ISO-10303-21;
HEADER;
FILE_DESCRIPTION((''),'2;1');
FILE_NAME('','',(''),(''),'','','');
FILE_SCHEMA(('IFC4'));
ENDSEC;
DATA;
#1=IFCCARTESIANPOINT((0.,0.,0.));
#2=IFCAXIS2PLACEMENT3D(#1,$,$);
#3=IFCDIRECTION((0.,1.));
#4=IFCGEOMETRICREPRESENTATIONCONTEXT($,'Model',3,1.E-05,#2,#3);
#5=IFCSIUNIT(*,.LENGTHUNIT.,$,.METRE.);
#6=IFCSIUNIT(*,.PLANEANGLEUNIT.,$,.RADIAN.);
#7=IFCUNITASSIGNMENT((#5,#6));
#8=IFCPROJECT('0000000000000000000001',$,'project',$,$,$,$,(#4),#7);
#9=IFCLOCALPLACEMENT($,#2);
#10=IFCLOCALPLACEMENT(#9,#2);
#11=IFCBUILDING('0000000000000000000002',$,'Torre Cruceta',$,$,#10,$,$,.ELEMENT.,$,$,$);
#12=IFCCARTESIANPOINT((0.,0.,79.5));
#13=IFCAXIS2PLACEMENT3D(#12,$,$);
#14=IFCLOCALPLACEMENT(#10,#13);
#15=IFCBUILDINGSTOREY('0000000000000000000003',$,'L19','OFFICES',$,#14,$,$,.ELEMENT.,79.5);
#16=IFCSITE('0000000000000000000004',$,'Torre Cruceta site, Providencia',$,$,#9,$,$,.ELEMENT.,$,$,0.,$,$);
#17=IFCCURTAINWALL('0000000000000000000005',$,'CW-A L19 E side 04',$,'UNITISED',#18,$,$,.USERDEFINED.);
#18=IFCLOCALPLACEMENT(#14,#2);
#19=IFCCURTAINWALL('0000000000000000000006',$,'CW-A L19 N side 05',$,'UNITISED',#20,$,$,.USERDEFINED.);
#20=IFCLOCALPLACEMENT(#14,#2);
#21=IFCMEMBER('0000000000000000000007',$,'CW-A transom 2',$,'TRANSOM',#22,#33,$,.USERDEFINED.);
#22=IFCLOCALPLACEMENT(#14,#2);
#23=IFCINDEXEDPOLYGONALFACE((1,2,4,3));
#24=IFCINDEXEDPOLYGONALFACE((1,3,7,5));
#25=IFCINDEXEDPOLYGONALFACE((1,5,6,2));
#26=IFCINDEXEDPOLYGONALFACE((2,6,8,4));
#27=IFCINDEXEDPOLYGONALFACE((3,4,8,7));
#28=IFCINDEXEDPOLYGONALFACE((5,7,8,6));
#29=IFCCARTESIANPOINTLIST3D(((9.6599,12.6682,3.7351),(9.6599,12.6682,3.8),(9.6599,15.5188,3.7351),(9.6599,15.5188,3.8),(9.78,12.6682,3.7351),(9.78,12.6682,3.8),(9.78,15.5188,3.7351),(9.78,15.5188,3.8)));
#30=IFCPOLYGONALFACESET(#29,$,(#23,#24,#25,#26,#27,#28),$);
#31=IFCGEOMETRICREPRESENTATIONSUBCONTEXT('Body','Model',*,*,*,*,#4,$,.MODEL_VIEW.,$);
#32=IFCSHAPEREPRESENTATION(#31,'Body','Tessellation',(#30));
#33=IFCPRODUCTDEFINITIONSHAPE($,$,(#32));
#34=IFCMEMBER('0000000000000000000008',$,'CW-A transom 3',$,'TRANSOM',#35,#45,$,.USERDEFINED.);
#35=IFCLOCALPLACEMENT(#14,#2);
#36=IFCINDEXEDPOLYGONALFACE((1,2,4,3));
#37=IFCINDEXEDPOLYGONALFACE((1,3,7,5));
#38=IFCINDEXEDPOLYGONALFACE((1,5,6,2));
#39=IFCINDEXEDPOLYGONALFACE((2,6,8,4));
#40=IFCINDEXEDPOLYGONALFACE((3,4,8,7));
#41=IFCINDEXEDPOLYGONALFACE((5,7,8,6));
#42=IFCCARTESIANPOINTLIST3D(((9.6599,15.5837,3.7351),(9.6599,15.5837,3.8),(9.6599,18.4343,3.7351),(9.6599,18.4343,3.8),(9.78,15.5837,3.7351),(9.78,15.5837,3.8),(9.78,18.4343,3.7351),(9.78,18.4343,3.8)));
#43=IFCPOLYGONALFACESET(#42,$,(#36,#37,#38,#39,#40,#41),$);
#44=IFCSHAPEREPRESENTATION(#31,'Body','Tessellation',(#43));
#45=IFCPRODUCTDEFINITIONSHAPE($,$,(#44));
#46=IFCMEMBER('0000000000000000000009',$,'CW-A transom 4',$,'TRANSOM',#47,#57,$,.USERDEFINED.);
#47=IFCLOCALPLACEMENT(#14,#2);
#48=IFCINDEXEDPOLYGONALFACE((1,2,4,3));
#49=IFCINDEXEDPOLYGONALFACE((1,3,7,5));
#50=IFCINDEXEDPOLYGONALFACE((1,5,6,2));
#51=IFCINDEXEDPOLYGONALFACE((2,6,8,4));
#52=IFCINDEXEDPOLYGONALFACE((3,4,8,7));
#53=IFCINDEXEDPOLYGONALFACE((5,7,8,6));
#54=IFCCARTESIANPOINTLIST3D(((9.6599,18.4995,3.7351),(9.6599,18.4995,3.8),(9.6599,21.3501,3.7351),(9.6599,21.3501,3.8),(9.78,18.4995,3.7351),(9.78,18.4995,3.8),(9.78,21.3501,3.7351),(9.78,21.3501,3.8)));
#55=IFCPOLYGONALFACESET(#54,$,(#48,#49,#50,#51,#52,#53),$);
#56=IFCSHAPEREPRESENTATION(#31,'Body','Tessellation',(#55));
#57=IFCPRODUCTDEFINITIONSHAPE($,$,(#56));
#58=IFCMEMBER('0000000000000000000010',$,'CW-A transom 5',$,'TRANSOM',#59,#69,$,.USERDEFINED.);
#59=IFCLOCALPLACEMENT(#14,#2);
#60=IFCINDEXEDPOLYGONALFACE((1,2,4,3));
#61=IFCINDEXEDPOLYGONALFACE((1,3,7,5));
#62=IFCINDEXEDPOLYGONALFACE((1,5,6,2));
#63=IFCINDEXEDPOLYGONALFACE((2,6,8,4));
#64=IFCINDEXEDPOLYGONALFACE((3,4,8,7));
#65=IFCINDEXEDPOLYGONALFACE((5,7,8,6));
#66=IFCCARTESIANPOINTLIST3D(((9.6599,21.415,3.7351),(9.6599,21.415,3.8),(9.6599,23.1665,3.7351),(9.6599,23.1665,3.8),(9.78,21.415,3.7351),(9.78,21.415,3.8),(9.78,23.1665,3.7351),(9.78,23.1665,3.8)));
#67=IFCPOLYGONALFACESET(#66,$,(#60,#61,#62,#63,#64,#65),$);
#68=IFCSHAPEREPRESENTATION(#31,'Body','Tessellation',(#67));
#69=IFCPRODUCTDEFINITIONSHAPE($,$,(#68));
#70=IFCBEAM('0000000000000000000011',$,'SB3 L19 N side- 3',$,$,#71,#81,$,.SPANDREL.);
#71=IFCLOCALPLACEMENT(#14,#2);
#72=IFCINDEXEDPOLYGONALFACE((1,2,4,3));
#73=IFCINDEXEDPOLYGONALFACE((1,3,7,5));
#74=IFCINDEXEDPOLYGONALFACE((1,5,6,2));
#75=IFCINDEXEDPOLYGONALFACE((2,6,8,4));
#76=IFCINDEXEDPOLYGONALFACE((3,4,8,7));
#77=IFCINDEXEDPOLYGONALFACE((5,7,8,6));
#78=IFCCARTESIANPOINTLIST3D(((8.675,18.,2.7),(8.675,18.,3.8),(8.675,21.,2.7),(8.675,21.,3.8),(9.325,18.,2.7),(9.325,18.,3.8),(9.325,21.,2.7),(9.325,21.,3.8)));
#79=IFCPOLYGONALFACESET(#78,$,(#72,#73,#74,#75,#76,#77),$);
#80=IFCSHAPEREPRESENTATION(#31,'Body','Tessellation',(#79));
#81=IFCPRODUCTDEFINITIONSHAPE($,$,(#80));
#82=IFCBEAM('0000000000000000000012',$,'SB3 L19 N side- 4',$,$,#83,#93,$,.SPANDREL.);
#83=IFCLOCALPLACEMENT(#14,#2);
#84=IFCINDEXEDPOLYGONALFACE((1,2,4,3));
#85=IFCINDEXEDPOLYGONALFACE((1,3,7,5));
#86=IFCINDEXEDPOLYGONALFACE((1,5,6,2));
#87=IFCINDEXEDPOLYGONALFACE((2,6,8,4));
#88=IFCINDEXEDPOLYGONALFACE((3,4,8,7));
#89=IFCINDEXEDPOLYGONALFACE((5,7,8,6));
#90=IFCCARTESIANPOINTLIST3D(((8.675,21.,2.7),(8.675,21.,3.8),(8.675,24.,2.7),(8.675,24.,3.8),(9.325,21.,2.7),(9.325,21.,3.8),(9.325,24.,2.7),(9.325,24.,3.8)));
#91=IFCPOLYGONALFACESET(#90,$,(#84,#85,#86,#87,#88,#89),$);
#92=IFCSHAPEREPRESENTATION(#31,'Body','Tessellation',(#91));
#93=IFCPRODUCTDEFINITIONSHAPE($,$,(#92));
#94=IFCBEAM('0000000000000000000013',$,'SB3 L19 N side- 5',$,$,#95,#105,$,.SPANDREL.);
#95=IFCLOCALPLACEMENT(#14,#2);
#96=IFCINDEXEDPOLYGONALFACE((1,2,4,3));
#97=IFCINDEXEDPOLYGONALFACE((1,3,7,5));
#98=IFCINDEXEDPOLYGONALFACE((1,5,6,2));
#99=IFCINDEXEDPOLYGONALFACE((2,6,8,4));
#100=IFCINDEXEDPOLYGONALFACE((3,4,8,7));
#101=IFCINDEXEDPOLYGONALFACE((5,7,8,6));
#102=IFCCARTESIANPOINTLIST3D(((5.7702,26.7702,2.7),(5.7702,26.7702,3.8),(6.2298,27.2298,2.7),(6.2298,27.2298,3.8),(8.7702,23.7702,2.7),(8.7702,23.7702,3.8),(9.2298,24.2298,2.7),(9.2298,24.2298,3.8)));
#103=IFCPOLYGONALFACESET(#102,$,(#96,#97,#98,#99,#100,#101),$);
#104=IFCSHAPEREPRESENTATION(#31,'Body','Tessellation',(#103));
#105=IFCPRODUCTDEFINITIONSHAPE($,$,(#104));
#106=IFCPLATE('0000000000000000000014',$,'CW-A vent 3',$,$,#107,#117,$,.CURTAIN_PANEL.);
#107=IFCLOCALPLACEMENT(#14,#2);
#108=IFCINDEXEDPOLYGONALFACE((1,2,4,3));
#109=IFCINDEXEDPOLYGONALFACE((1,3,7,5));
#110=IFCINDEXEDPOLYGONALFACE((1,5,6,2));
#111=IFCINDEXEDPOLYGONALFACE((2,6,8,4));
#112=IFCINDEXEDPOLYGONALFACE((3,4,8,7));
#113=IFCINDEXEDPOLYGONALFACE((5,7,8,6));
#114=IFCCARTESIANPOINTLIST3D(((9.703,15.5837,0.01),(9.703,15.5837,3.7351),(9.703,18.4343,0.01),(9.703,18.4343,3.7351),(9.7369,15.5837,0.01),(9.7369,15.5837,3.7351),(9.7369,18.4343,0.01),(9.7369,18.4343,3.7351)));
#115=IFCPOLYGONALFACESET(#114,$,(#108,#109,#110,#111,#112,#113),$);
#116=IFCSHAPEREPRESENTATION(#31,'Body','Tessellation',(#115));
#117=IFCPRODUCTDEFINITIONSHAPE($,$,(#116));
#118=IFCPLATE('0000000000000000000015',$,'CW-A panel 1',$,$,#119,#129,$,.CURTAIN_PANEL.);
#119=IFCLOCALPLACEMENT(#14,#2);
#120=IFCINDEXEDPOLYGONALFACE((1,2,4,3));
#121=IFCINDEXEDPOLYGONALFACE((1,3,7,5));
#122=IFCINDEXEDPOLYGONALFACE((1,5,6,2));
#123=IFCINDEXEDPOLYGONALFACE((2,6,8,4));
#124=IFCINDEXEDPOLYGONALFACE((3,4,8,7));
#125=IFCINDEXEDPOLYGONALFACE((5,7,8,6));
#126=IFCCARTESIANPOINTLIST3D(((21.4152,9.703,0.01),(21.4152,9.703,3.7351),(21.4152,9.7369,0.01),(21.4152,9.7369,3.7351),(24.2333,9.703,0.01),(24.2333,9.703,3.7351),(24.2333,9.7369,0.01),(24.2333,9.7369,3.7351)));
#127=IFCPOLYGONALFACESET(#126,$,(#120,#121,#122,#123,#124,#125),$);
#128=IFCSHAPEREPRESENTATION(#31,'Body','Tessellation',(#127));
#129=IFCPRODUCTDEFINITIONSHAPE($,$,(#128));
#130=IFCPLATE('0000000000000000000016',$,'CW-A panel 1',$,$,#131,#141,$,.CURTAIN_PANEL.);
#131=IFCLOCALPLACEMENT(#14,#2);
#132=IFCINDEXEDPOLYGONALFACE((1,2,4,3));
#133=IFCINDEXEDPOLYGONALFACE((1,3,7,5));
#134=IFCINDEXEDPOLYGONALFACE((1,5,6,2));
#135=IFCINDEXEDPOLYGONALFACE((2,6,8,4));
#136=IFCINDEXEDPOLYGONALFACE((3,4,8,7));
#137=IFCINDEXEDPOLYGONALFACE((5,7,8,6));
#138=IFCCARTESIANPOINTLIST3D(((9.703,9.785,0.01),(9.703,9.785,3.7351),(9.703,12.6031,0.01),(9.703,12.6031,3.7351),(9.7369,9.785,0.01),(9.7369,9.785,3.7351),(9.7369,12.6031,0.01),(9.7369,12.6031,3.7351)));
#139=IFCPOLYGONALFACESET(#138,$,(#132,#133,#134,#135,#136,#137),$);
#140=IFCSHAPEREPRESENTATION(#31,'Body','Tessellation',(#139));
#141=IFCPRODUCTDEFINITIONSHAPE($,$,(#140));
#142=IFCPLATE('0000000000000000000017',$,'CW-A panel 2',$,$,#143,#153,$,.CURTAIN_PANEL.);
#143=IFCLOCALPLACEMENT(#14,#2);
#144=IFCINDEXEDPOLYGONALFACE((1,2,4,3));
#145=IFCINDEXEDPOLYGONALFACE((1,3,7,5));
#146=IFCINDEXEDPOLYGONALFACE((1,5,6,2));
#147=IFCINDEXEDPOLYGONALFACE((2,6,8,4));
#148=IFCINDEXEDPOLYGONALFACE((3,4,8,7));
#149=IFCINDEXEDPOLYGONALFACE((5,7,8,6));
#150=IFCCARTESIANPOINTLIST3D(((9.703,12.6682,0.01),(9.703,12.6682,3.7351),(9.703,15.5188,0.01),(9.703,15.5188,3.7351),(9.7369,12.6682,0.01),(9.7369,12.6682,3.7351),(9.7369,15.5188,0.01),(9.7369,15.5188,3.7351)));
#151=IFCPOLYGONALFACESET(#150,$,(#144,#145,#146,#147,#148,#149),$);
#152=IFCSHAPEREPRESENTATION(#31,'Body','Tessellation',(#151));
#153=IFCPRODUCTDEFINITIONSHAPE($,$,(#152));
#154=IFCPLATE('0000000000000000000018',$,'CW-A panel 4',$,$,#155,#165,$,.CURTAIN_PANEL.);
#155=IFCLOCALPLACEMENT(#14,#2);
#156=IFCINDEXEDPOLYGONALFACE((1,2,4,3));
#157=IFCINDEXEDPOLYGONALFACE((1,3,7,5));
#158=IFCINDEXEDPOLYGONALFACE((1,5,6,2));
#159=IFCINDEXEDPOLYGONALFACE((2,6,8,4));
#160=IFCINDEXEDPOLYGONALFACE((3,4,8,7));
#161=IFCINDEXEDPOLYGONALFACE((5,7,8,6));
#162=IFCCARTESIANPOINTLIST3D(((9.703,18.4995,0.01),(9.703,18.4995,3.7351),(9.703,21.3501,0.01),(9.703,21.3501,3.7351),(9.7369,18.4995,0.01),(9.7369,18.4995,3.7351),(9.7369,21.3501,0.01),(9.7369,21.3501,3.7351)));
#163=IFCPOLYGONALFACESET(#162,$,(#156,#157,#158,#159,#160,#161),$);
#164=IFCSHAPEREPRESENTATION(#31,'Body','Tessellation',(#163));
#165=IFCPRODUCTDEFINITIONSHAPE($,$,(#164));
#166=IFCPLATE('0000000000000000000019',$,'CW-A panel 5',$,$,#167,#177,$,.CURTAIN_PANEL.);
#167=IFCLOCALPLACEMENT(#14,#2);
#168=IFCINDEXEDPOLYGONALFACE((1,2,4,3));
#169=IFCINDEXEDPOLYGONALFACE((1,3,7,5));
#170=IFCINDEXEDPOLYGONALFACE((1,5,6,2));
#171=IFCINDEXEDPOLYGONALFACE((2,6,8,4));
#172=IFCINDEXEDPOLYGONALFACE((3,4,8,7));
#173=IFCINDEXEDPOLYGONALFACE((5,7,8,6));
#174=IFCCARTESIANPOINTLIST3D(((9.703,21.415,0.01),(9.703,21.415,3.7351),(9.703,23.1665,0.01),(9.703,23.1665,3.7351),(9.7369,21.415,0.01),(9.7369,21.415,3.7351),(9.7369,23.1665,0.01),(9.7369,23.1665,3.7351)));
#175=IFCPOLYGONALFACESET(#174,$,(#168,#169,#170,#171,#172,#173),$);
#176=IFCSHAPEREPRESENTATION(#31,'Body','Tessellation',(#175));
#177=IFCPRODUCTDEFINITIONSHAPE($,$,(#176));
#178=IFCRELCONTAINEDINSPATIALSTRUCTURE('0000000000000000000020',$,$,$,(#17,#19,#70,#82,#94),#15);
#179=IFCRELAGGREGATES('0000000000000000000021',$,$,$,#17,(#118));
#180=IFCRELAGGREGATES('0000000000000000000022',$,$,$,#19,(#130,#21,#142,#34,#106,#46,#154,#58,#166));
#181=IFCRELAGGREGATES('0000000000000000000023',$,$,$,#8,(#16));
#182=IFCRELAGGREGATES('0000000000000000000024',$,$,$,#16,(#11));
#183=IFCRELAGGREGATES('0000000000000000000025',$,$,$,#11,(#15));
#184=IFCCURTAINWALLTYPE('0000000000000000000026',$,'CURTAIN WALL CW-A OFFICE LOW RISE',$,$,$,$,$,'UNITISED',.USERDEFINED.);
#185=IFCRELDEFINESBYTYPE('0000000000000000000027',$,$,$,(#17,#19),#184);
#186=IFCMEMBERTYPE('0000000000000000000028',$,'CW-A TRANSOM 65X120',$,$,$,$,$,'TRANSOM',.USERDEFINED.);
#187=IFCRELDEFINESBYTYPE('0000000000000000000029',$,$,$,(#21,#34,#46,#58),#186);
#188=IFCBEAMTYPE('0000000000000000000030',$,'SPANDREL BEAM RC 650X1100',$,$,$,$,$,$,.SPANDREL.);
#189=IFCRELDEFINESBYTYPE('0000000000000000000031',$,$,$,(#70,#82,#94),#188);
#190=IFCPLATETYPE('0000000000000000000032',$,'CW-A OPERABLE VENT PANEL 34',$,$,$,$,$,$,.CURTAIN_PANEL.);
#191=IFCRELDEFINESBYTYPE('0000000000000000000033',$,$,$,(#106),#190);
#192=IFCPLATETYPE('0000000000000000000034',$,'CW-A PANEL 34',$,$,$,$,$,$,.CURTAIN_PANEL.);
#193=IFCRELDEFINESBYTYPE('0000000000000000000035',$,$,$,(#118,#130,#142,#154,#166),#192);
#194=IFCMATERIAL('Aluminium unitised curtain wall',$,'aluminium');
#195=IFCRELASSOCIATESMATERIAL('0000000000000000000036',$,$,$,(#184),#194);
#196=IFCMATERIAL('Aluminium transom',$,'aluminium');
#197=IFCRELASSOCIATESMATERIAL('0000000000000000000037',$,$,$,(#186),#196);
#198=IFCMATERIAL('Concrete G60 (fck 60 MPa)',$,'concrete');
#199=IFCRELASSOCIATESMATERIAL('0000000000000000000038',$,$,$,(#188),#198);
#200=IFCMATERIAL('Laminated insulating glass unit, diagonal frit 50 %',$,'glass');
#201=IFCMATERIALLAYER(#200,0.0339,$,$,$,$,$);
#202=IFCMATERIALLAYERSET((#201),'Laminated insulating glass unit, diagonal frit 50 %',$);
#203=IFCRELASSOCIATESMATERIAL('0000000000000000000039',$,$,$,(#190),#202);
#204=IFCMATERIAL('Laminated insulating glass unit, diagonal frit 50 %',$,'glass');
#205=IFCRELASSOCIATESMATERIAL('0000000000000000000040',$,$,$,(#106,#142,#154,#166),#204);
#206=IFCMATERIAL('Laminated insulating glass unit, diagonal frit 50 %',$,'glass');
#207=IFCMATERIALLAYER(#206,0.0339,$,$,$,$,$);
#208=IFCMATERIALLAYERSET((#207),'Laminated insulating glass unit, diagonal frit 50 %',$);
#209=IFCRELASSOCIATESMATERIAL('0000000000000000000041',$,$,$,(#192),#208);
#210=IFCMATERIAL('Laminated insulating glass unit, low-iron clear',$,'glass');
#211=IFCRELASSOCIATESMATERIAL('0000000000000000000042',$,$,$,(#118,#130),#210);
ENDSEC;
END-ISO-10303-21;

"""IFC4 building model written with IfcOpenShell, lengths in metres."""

from ifc_helpers import new_model, si_unit, direction, frame, origin, origin_2d, place, context, subcontext, project, spatial, rectangle, extrude, material, layer, layer_set, material_profile, profile_set, type_object, element, aggregate, save


model = new_model("IFC4")

# Units and contexts
model_context = context("Model", 3, precision=1e-05, world=origin(), true_north=direction((0.0, 1.0)))
body_context = subcontext(model_context, "Body", "Model", "MODEL_VIEW")
ifc_project = project(units=[si_unit("LENGTHUNIT", "METRE"), si_unit("PLANEANGLEUNIT", "RADIAN")], contexts=[model_context])

# Site, building, storey
site_placement = place(None, origin())
site = spatial("IfcSite", under=ifc_project, at=site_placement, Name="Torre Cruceta site, Providencia", CompositionType="ELEMENT", RefElevation=0.0)
building_placement = place(site_placement, origin())
building = spatial("IfcBuilding", under=site, at=building_placement, Name="Torre Cruceta", CompositionType="ELEMENT")
storey_placement = place(building_placement, frame((0.0, 0.0, 79.5)))
storey = spatial("IfcBuildingStorey", under=building, at=storey_placement, Name="L19", Description="OFFICES", CompositionType="ELEMENT", Elevation=79.5)

# Curtain walls
ifc_material_1 = material(Name="Aluminium unitised curtain wall", Category="aluminium")
curtain_wall_type = type_object("IfcCurtainWallType", Name="CURTAIN WALL CW-A OFFICE LOW RISE", ElementType="UNITISED", PredefinedType="USERDEFINED", material=ifc_material_1)
curtain_wall_1_placement = place(storey_placement, origin())
curtain_wall_1 = element("IfcCurtainWall", 1, at=curtain_wall_1_placement, inside=storey, type_object=curtain_wall_type, Name="CW-A L19 E side 04", ObjectType="UNITISED", PredefinedType="USERDEFINED")
curtain_wall_2_placement = place(storey_placement, origin())
curtain_wall_2 = element("IfcCurtainWall", 2, at=curtain_wall_2_placement, inside=storey, type_object=curtain_wall_type, Name="CW-A L19 N side 05", ObjectType="UNITISED", PredefinedType="USERDEFINED")

# Members
ifc_material_2 = material(Name="Aluminium transom", Category="aluminium")
ifc_material_profile_1 = material_profile(ifc_material_2, rectangle(XDim=0.1201, YDim=0.0649, at=origin_2d()), Name="AL 120X65")
ifc_profile_set_1 = profile_set([ifc_material_profile_1], Name="Aluminium transom")
member_type_1 = type_object("IfcMemberType", Name="CW-A TRANSOM 65X120", ElementType="TRANSOM", PredefinedType="USERDEFINED", material=ifc_profile_set_1)
member_1_placement = place(storey_placement, frame((9.72, 12.6682, 3.7676), z_axis=(0.0, 1.0, 0.0), x_axis=(-1.0, 0.0, 0.0)))
member_1 = element("IfcMember", 3, at=member_1_placement, type_object=member_type_1, Name="CW-A transom 2", ObjectType="TRANSOM", PredefinedType="USERDEFINED", context=body_context, shape_type="SweptSolid", body=[
    extrude(rectangle(XDim=0.1201, YDim=0.0649, at=origin_2d()), origin(), (0.0, 0.0, 1.0), 2.8506),
])
member_2_placement = place(storey_placement, frame((9.72, 15.5837, 3.7676), z_axis=(0.0, 1.0, 0.0), x_axis=(-1.0, 0.0, 0.0)))
member_2 = element("IfcMember", 4, at=member_2_placement, type_object=member_type_1, Name="CW-A transom 3", ObjectType="TRANSOM", PredefinedType="USERDEFINED", context=body_context, shape_type="SweptSolid", body=[
    extrude(rectangle(XDim=0.1201, YDim=0.0649, at=origin_2d()), origin(), (0.0, 0.0, 1.0), 2.8506),
])
member_3_placement = place(storey_placement, frame((9.72, 18.4995, 3.7676), z_axis=(0.0, 1.0, 0.0), x_axis=(-1.0, 0.0, 0.0)))
member_3 = element("IfcMember", 5, at=member_3_placement, type_object=member_type_1, Name="CW-A transom 4", ObjectType="TRANSOM", PredefinedType="USERDEFINED", context=body_context, shape_type="SweptSolid", body=[
    extrude(rectangle(XDim=0.1201, YDim=0.0649, at=origin_2d()), origin(), (0.0, 0.0, 1.0), 2.8506),
])
member_4_placement = place(storey_placement, frame((9.72, 21.415, 3.7676), z_axis=(0.0, 1.0, 0.0), x_axis=(-1.0, 0.0, 0.0)))
member_4 = element("IfcMember", 6, at=member_4_placement, type_object=member_type_1, Name="CW-A transom 5", ObjectType="TRANSOM", PredefinedType="USERDEFINED", context=body_context, shape_type="SweptSolid", body=[
    extrude(rectangle(XDim=0.1201, YDim=0.0649, at=origin_2d()), origin(), (0.0, 0.0, 1.0), 1.7515),
])

# Beams
ifc_material_3 = material(Name="Concrete G60 (fck 60 MPa)", Category="concrete")
ifc_material_profile_2 = material_profile(ifc_material_3, rectangle(XDim=0.6499, YDim=1.1001, at=origin_2d()), Name="RC 650X1100")
ifc_profile_set_2 = profile_set([ifc_material_profile_2], Name="Concrete G60 (fck 60 MPa)")
beam_type_1 = type_object("IfcBeamType", Name="SPANDREL BEAM RC 650X1100", PredefinedType="SPANDREL", material=ifc_profile_set_2)
for number, where, z_axis, x_axis, name in (
    (7, (9.0, 18.0, 3.25), (0.0, 1.0, 0.0), (-1.0, 0.0, 0.0), "SB3 L19 N side- 3"),
    (8, (9.0, 21.0, 3.25), (0.0, 1.0, 0.0), (-1.0, 0.0, 0.0), "SB3 L19 N side- 4"),
):
    element("IfcBeam", number, at=place(storey_placement, frame(where, z_axis=z_axis, x_axis=x_axis)), inside=storey, type_object=beam_type_1, Name=name, PredefinedType="SPANDREL", context=body_context, shape_type="SweptSolid", body=[
        extrude(rectangle(XDim=0.6499, YDim=1.1001, at=origin_2d()), origin(), (0.0, 0.0, 1.0), 3.0),
    ])
beam_placement = place(storey_placement, frame((9.0, 24.0, 3.25), z_axis=(-0.707107, 0.707107, 0.0), x_axis=(-0.707107, -0.707107, 0.0)))
element("IfcBeam", 9, at=beam_placement, inside=storey, type_object=beam_type_1, Name="SB3 L19 N side- 5", PredefinedType="SPANDREL", context=body_context, shape_type="SweptSolid", body=[
    extrude(rectangle(XDim=0.6499, YDim=1.1001, at=origin_2d()), origin(), (0.0, 0.0, 1.0), 4.2427),
])

# Plates
ifc_material_4 = material(Name="Laminated insulating glass unit, diagonal frit 50 %", Category="glass")
ifc_material_5 = material(Name="Laminated insulating glass unit, diagonal frit 50 %", Category="glass")
ifc_layer_1 = layer(ifc_material_5, 0.0339)
ifc_layer_set_1 = layer_set([ifc_layer_1], Name="Laminated insulating glass unit, diagonal frit 50 %")
plate_type_1 = type_object("IfcPlateType", Name="CW-A OPERABLE VENT PANEL 34", PredefinedType="CURTAIN_PANEL", material=ifc_layer_set_1)
plate_1_placement = place(storey_placement, frame((9.72, 17.009, 0.01), z_axis=(0.0, 0.0, 1.0), x_axis=(0.0, 1.0, 0.0)))
plate_1 = element("IfcPlate", 10, at=plate_1_placement, type_object=plate_type_1, material=ifc_material_4, Name="CW-A vent 3", PredefinedType="CURTAIN_PANEL", context=body_context, shape_type="SweptSolid", body=[
    extrude(rectangle(XDim=2.8506, YDim=0.0339, at=origin_2d()), origin(), (0.0, 0.0, 1.0), 3.7251),
])
ifc_material_6 = material(Name="Laminated insulating glass unit, low-iron clear", Category="glass")
ifc_material_7 = material(Name="Laminated insulating glass unit, diagonal frit 50 %", Category="glass")
ifc_layer_2 = layer(ifc_material_7, 0.0339)
ifc_layer_set_2 = layer_set([ifc_layer_2], Name="Laminated insulating glass unit, diagonal frit 50 %")
plate_type_2 = type_object("IfcPlateType", Name="CW-A PANEL 34", PredefinedType="CURTAIN_PANEL", material=ifc_layer_set_2)
plate_2_placement = place(storey_placement, frame((22.8242, 9.72, 0.01), z_axis=(0.0, 0.0, 1.0), x_axis=(-1.0, 0.0, 0.0)))
plate_2 = element("IfcPlate", 11, at=plate_2_placement, type_object=plate_type_2, material=ifc_material_6, Name="CW-A panel 1", PredefinedType="CURTAIN_PANEL", context=body_context, shape_type="SweptSolid", body=[
    extrude(rectangle(XDim=2.8181, YDim=0.0339, at=origin_2d()), origin(), (0.0, 0.0, 1.0), 3.7251),
])
aggregate(curtain_wall_1, [plate_2])
plate_3_placement = place(storey_placement, frame((9.72, 11.1941, 0.01), z_axis=(0.0, 0.0, 1.0), x_axis=(0.0, 1.0, 0.0)))
plate_3 = element("IfcPlate", 12, at=plate_3_placement, type_object=plate_type_2, material=ifc_material_6, Name="CW-A panel 1", PredefinedType="CURTAIN_PANEL", context=body_context, shape_type="SweptSolid", body=[
    extrude(rectangle(XDim=2.8181, YDim=0.0339, at=origin_2d()), origin(), (0.0, 0.0, 1.0), 3.7251),
])
plate_4_placement = place(storey_placement, frame((9.72, 14.0935, 0.01), z_axis=(0.0, 0.0, 1.0), x_axis=(0.0, 1.0, 0.0)))
plate_4 = element("IfcPlate", 13, at=plate_4_placement, type_object=plate_type_2, material=ifc_material_4, Name="CW-A panel 2", PredefinedType="CURTAIN_PANEL", context=body_context, shape_type="SweptSolid", body=[
    extrude(rectangle(XDim=2.8506, YDim=0.0339, at=origin_2d()), origin(), (0.0, 0.0, 1.0), 3.7251),
])
plate_5_placement = place(storey_placement, frame((9.72, 19.9248, 0.01), z_axis=(0.0, 0.0, 1.0), x_axis=(0.0, 1.0, 0.0)))
plate_5 = element("IfcPlate", 14, at=plate_5_placement, type_object=plate_type_2, material=ifc_material_4, Name="CW-A panel 4", PredefinedType="CURTAIN_PANEL", context=body_context, shape_type="SweptSolid", body=[
    extrude(rectangle(XDim=2.8506, YDim=0.0339, at=origin_2d()), origin(), (0.0, 0.0, 1.0), 3.7251),
])
plate_6_placement = place(storey_placement, frame((9.72, 22.2908, 0.01), z_axis=(0.0, 0.0, 1.0), x_axis=(0.0, 1.0, 0.0)))
plate_6 = element("IfcPlate", 15, at=plate_6_placement, type_object=plate_type_2, material=ifc_material_4, Name="CW-A panel 5", PredefinedType="CURTAIN_PANEL", context=body_context, shape_type="SweptSolid", body=[
    extrude(rectangle(XDim=1.7515, YDim=0.0339, at=origin_2d()), origin(), (0.0, 0.0, 1.0), 3.7251),
])
aggregate(curtain_wall_2, [plate_3, member_1, plate_4, member_2, plate_1, member_3, plate_5, member_4, plate_6])

save(model, "model.ifc")
